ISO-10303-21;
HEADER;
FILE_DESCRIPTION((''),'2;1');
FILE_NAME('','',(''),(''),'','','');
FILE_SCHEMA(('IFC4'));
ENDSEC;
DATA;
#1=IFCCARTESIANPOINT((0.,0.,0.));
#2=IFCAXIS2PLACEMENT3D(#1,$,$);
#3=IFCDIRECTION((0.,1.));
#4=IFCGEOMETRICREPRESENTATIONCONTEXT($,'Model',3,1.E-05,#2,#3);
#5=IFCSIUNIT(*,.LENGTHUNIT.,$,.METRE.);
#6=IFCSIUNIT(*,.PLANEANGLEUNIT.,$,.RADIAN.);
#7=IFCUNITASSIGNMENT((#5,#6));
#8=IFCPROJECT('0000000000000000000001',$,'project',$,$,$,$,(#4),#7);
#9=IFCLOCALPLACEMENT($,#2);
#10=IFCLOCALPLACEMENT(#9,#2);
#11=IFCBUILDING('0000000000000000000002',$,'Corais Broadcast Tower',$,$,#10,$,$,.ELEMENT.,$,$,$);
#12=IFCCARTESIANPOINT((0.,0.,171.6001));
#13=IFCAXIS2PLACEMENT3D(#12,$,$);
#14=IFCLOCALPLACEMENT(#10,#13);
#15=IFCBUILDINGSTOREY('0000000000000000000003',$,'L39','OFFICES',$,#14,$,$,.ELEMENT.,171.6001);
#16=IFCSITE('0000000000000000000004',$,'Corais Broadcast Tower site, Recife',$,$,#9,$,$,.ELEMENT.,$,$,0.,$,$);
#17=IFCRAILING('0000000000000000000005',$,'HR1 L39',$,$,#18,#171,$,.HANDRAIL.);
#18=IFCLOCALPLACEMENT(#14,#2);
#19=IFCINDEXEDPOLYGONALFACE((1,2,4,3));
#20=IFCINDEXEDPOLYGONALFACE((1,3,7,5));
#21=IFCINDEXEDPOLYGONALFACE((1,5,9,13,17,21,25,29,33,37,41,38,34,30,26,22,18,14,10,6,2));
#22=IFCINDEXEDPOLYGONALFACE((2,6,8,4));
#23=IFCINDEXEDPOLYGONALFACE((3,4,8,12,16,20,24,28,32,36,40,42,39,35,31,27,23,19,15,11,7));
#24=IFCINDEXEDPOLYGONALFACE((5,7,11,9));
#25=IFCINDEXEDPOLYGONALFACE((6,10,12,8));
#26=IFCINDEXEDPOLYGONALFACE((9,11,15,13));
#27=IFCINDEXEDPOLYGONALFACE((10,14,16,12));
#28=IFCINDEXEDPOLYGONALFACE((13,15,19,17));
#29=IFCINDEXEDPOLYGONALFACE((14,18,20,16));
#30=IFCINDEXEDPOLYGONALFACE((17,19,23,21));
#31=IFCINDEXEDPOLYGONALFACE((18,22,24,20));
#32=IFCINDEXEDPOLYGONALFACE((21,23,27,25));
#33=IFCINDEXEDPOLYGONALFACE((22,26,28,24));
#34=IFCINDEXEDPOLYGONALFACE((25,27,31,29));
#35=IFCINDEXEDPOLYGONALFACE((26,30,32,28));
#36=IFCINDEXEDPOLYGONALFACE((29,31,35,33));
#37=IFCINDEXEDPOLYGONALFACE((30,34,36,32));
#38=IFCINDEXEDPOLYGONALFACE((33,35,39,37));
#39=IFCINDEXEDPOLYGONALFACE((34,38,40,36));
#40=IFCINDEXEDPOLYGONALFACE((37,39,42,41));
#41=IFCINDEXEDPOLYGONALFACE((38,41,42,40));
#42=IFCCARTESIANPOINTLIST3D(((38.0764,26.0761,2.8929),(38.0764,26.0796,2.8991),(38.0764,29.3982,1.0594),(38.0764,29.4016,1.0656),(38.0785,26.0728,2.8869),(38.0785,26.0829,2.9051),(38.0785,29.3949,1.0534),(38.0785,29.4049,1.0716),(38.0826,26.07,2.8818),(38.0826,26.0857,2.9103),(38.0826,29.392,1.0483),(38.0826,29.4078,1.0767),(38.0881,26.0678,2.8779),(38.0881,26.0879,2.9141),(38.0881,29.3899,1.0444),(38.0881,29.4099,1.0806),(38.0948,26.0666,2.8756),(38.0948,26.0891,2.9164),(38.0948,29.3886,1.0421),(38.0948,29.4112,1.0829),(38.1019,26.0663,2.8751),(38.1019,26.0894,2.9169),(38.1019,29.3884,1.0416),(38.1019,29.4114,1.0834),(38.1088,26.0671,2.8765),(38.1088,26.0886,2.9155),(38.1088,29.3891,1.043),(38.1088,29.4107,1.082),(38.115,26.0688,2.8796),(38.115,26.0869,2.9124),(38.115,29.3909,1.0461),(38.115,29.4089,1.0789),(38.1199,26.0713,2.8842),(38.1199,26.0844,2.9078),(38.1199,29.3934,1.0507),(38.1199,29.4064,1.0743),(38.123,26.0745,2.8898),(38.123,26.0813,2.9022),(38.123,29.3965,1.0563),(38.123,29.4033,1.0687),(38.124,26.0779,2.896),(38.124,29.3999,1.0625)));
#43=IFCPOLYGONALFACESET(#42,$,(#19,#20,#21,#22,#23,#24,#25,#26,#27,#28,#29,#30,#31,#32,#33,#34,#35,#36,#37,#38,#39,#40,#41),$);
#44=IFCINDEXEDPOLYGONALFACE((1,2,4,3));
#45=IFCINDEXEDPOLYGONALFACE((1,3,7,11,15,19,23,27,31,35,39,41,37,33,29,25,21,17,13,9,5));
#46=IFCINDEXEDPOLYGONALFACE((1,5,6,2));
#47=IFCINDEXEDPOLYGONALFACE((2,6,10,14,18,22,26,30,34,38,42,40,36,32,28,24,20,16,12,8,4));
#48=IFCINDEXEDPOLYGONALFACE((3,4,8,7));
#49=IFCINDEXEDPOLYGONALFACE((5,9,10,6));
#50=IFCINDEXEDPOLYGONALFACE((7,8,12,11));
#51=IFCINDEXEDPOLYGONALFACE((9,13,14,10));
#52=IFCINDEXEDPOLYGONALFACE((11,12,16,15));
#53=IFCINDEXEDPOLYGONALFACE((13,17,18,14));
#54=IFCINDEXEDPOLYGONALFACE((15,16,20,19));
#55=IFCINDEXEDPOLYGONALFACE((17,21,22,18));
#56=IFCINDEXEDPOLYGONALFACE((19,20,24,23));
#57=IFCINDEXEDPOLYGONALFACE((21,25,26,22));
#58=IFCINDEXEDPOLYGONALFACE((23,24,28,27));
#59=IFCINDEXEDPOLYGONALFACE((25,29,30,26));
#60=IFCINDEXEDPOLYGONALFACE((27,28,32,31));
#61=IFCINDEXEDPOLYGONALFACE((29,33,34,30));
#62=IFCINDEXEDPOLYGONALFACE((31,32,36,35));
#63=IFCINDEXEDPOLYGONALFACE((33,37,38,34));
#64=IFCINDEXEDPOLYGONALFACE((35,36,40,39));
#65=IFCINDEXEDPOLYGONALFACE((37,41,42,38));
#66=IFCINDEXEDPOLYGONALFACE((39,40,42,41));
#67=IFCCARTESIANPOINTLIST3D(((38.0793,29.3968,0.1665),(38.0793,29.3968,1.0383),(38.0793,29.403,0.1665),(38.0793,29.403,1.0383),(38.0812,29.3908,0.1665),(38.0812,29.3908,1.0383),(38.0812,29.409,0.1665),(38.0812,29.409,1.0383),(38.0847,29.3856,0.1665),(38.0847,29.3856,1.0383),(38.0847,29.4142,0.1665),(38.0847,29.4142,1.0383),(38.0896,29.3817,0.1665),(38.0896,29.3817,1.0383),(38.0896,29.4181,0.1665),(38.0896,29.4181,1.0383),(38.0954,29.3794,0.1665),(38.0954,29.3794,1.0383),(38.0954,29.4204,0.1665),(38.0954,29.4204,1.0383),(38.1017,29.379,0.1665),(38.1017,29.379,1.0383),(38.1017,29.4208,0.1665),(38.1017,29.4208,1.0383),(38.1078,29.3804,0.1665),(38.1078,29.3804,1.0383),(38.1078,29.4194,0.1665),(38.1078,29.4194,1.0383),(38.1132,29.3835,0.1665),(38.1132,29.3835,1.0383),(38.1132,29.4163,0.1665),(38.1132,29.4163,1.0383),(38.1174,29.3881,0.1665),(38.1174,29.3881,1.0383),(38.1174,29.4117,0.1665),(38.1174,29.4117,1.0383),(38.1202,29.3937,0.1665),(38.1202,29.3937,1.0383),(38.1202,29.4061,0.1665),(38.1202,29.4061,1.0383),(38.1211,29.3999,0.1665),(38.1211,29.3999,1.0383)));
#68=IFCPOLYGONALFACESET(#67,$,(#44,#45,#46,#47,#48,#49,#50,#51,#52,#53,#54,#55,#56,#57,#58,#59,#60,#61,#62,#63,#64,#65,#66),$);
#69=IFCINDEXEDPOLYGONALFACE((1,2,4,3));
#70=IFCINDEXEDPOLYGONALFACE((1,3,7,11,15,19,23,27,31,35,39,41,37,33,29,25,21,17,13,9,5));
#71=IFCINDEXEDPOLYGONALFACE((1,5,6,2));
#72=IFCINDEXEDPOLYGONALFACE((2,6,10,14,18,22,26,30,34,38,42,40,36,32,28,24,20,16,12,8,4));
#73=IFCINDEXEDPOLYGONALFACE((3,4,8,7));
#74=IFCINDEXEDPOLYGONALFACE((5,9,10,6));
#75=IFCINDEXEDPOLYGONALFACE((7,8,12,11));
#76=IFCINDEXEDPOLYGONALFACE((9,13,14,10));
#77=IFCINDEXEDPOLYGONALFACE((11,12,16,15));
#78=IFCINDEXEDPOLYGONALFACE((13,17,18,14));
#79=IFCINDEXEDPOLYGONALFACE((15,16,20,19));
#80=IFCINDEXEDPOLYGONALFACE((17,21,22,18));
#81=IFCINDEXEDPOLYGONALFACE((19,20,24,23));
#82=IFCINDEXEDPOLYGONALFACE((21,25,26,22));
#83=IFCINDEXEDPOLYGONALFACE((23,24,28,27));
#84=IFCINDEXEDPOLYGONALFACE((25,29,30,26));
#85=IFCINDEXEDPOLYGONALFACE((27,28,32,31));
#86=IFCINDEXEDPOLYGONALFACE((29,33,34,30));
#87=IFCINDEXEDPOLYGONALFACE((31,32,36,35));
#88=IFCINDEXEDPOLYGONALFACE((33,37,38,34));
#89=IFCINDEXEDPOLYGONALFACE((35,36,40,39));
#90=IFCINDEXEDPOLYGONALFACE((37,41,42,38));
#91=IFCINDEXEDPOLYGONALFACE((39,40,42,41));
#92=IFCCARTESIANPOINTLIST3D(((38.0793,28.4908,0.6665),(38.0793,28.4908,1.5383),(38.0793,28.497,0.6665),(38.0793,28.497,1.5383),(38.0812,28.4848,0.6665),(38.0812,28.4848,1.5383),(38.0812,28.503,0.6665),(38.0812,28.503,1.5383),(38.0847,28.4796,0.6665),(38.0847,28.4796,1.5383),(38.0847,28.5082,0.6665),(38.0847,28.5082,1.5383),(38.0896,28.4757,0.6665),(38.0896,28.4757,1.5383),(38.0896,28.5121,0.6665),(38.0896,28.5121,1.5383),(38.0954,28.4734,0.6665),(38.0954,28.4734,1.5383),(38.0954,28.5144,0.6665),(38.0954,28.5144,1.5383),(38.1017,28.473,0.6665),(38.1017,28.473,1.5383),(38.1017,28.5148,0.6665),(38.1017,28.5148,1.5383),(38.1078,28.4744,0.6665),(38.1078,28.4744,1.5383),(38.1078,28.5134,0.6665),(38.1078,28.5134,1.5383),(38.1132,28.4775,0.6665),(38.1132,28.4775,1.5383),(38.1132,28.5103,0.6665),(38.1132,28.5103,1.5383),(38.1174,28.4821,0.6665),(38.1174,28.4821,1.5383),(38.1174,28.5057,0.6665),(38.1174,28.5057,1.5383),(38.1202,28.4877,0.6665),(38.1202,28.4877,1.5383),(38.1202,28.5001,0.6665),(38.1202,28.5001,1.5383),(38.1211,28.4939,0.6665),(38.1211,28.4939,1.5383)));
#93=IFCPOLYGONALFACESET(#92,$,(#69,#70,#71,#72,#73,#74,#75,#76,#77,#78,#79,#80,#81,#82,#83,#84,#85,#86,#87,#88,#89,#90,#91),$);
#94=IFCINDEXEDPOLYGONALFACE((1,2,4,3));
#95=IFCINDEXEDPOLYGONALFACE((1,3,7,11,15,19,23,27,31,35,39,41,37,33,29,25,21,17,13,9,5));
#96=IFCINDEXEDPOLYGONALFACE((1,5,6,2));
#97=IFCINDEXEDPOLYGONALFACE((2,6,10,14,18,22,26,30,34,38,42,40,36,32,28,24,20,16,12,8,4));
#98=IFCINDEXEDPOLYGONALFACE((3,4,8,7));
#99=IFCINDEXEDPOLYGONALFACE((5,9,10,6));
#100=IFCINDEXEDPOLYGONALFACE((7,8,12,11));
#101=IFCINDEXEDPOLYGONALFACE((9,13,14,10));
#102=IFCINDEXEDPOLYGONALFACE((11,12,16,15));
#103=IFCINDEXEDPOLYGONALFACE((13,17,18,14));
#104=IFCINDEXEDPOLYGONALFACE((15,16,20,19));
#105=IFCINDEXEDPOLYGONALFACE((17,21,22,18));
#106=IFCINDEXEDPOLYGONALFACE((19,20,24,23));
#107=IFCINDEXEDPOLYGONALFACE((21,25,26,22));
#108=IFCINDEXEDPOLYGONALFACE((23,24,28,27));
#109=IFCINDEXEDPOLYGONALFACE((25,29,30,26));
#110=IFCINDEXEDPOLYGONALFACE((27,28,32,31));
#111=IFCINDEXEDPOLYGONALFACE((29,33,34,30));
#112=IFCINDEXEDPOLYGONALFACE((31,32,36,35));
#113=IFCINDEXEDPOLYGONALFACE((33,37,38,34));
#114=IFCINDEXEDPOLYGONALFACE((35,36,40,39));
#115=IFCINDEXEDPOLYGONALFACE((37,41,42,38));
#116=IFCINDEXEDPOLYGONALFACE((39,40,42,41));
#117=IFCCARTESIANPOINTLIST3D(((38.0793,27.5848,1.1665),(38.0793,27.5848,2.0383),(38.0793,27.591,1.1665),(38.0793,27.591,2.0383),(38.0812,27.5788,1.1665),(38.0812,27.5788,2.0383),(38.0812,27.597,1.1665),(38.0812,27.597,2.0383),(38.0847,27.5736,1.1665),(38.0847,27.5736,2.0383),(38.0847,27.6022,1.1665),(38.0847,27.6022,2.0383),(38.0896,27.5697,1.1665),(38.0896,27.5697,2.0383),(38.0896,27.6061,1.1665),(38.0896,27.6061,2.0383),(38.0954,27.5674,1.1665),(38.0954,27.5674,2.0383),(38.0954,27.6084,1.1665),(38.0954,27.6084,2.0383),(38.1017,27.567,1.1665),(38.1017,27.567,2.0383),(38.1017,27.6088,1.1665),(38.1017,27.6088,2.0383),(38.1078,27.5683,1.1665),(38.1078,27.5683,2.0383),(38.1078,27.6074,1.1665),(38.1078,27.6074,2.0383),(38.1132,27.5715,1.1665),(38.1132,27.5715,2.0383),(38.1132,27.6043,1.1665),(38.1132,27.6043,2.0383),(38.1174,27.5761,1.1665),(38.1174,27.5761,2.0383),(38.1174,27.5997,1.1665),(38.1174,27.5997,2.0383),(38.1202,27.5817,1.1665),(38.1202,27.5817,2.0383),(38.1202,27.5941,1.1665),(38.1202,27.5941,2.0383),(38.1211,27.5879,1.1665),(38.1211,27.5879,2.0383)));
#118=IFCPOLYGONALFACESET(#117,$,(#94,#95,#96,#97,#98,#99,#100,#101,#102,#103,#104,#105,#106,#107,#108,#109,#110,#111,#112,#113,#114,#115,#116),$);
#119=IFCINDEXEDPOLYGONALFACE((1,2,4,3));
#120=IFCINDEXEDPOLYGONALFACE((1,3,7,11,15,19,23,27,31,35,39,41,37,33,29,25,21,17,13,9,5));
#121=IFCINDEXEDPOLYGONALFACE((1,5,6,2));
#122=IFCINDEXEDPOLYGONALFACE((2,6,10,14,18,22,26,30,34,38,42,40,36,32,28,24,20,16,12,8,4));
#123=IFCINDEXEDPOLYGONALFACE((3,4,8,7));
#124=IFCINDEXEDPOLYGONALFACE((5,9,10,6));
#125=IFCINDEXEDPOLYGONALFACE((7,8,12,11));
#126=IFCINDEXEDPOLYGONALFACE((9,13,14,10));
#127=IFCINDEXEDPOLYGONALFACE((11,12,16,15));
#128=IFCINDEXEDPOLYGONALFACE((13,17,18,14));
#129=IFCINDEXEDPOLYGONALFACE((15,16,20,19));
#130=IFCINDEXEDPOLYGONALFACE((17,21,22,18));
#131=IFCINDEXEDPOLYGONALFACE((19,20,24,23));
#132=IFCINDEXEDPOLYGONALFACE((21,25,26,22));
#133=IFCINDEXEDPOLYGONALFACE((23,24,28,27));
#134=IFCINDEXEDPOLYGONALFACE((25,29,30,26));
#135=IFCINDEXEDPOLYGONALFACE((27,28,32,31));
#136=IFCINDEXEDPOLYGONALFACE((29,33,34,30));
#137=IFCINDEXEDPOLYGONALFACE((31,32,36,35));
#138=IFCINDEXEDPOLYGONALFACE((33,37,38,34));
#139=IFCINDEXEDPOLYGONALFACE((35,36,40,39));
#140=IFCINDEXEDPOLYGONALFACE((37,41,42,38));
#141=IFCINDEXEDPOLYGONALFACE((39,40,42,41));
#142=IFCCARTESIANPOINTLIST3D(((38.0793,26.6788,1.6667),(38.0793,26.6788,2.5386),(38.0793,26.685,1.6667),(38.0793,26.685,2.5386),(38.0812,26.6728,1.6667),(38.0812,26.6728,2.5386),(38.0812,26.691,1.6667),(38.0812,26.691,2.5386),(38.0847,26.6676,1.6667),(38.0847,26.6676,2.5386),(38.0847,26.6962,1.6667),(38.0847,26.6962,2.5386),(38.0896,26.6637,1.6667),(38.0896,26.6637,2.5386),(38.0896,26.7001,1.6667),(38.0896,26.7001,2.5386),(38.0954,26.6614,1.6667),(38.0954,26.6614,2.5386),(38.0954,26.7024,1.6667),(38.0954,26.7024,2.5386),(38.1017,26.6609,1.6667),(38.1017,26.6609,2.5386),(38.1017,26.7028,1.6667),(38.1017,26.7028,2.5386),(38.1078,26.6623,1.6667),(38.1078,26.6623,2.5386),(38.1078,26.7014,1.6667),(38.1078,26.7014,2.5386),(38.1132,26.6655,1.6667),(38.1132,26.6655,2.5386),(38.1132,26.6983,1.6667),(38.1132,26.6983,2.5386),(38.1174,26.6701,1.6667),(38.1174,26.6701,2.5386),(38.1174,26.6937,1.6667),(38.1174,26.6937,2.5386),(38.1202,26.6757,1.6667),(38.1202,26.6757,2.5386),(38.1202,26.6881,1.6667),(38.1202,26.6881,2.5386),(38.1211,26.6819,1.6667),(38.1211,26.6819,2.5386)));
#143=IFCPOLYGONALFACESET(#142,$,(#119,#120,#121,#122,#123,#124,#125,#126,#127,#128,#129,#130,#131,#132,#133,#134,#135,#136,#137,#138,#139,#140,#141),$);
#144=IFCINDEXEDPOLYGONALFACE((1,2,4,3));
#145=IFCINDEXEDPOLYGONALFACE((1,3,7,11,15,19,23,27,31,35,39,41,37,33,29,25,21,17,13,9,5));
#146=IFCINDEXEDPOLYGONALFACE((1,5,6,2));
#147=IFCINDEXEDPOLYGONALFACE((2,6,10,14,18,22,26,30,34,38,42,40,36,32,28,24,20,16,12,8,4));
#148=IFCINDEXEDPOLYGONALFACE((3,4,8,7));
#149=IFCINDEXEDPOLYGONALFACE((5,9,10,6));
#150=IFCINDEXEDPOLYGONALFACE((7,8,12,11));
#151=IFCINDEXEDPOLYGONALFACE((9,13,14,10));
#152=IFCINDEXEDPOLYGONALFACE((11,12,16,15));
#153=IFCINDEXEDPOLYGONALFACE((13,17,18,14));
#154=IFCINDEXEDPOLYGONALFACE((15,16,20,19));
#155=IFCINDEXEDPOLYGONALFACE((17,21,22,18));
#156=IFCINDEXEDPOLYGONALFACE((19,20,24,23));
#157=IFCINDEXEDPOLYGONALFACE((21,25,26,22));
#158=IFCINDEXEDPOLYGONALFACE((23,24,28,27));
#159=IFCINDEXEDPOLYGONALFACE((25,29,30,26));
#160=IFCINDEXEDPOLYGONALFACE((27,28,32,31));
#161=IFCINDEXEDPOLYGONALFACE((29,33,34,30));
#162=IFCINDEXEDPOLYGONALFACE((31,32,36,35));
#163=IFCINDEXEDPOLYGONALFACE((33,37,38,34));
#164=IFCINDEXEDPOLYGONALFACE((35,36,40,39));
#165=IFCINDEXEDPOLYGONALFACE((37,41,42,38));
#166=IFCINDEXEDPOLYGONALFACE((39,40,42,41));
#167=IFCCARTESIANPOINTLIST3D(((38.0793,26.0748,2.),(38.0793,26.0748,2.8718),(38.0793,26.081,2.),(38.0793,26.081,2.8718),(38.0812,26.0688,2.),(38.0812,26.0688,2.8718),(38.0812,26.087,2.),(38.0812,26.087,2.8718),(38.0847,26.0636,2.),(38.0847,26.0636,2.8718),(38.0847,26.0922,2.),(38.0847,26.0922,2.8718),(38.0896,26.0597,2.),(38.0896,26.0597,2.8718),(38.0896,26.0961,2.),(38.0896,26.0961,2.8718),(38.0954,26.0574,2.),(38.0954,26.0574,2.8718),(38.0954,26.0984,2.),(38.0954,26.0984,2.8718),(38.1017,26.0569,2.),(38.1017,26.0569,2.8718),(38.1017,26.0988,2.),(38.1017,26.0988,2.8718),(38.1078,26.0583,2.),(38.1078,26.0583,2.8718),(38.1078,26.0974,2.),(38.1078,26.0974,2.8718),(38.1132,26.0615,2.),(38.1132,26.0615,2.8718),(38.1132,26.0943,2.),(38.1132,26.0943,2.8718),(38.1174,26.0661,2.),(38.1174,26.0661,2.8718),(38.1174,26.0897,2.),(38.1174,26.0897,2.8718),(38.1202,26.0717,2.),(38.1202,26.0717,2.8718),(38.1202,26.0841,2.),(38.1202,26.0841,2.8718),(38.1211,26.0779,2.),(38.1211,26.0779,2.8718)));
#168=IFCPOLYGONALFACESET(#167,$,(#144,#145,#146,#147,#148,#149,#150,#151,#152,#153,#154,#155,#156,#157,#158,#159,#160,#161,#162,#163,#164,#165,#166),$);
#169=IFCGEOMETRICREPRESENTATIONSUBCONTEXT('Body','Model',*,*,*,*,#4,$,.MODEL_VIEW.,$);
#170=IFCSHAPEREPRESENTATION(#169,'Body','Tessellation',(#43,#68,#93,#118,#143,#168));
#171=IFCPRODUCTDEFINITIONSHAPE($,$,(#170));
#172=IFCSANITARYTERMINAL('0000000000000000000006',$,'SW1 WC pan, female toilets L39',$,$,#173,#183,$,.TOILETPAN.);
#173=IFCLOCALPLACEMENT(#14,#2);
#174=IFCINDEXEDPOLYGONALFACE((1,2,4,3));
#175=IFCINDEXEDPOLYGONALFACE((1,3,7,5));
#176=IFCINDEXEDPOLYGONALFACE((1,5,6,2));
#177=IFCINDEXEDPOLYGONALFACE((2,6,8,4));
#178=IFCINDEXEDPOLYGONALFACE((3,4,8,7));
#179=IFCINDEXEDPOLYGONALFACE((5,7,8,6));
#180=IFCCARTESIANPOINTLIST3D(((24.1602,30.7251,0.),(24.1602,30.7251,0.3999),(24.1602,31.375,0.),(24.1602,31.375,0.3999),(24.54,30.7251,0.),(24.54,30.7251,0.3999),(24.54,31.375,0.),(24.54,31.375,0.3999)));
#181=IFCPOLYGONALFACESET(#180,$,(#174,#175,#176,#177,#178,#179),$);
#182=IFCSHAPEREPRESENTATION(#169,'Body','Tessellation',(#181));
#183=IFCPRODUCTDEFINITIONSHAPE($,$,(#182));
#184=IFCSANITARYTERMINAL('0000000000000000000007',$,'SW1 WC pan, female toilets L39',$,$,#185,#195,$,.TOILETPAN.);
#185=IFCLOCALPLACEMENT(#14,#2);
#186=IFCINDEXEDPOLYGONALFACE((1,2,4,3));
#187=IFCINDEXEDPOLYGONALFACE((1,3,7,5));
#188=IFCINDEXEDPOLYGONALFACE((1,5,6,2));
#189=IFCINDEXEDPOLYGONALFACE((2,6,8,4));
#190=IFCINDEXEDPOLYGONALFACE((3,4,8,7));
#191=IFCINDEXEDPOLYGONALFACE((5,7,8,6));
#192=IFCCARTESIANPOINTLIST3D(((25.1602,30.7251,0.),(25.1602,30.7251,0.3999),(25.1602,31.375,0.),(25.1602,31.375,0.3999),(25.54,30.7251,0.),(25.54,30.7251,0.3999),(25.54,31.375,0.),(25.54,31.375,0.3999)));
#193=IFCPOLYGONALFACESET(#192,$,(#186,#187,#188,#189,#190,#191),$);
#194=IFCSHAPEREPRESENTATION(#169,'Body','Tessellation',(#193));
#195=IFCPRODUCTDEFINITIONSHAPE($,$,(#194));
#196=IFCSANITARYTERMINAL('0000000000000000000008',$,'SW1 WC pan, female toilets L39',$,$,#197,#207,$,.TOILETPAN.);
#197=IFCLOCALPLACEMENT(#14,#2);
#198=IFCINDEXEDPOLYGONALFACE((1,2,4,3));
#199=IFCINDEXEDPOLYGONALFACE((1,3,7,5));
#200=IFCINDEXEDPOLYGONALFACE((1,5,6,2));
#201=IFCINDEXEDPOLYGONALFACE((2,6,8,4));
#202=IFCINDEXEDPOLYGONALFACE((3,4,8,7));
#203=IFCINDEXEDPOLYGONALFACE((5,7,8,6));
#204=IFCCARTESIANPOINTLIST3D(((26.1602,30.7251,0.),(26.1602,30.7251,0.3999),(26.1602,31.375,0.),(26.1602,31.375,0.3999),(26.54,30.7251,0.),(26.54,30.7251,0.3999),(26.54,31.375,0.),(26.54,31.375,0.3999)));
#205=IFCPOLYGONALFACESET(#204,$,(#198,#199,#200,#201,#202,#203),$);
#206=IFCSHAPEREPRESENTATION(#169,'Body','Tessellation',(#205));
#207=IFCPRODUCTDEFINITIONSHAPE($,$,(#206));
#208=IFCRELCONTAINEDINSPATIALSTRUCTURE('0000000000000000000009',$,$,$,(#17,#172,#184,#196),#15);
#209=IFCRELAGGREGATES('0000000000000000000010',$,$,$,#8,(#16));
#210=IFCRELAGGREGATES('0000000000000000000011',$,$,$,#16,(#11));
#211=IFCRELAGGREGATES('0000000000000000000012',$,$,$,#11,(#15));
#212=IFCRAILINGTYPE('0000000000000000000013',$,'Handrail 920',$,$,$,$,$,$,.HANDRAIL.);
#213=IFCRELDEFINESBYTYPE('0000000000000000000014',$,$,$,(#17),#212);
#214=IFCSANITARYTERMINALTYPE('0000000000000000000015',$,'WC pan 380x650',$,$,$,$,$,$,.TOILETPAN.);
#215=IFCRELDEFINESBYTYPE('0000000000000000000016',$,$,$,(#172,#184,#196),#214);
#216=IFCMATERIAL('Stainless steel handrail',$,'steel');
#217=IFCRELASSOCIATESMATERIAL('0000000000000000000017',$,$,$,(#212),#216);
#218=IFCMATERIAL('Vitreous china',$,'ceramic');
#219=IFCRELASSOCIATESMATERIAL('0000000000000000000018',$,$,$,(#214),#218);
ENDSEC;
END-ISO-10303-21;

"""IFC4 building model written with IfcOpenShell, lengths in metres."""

from ifc_helpers import new_model, si_unit, direction, frame, origin, origin_2d, place, context, subcontext, project, spatial, rectangle, circle, extrude, material, type_object, element, save


model = new_model("IFC4")

# Units and contexts
model_context = context("Model", 3, precision=1e-05, world=origin(), true_north=direction((0.0, 1.0)))
body_context = subcontext(model_context, "Body", "Model", "MODEL_VIEW")
ifc_project = project(units=[si_unit("LENGTHUNIT", "METRE"), si_unit("PLANEANGLEUNIT", "RADIAN")], contexts=[model_context])

# Site, building, storey
site_placement = place(None, origin())
site = spatial("IfcSite", under=ifc_project, at=site_placement, Name="Corais Broadcast Tower site, Recife", CompositionType="ELEMENT", RefElevation=0.0)
building_placement = place(site_placement, origin())
building = spatial("IfcBuilding", under=site, at=building_placement, Name="Corais Broadcast Tower", CompositionType="ELEMENT")
storey_placement = place(building_placement, frame((0.0, 0.0, 171.6001)))
storey = spatial("IfcBuildingStorey", under=building, at=storey_placement, Name="L39", Description="OFFICES", CompositionType="ELEMENT", Elevation=171.6001)

# Railing
ifc_material_1 = material(Name="Stainless steel handrail", Category="steel")
railing_type = type_object("IfcRailingType", Name="Handrail 920", PredefinedType="HANDRAIL", material=ifc_material_1)
for number, where, name in (
    (1, (38.1001, 29.3999, 0.1665), "HR1 L39"),
):
    element("IfcRailing", number, at=place(storey_placement, frame(where)), inside=storey, type_object=railing_type, Name=name, PredefinedType="HANDRAIL", context=body_context, shape_type="SweptSolid", body=[
        extrude(circle(Radius=0.0239, at=origin_2d()), frame((0.0, 0.0, 0.896), z_axis=(0.0, -0.875504, 0.48321), x_axis=(1.0, 0.0, 0.0)), (0.0, 0.0, 1.0), 3.7944),
        extrude(circle(Radius=0.021, at=origin_2d()), origin(), (0.0, 0.0, 1.0), 0.8718),
        extrude(circle(Radius=0.021, at=origin_2d()), frame((0.0, -0.906, 0.5)), (0.0, 0.0, 1.0), 0.8718),
        extrude(circle(Radius=0.021, at=origin_2d()), frame((0.0, -1.812, 1.0)), (0.0, 0.0, 1.0), 0.8718),
        extrude(circle(Radius=0.021, at=origin_2d()), frame((0.0, -2.718, 1.5002)), (0.0, 0.0, 1.0), 0.8718),
        extrude(circle(Radius=0.021, at=origin_2d()), frame((0.0, -3.322, 1.8335)), (0.0, 0.0, 1.0), 0.8718),
    ])

# Sanitary terminals
ifc_material_2 = material(Name="Vitreous china", Category="ceramic")
sanitary_terminal_type = type_object("IfcSanitaryTerminalType", Name="WC pan 380x650", PredefinedType="TOILETPAN", material=ifc_material_2)
for number, where, z_axis, x_axis, name in (
    (2, (24.3501, 31.05, 0.0), (0.0, 0.0, 1.0), (1.0, 0.0, 0.0), "SW1 WC pan, female toilets L39"),
    (3, (25.3501, 31.05, 0.0), (0.0, 0.0, 1.0), (1.0, 0.0, 0.0), "SW1 WC pan, female toilets L39"),
    (4, (26.3501, 31.05, 0.0), (0.0, 0.0, 1.0), (1.0, 0.0, 0.0), "SW1 WC pan, female toilets L39"),
):
    element("IfcSanitaryTerminal", number, at=place(storey_placement, frame(where, z_axis=z_axis, x_axis=x_axis)), inside=storey, type_object=sanitary_terminal_type, Name=name, PredefinedType="TOILETPAN", context=body_context, shape_type="SweptSolid", body=[
        extrude(rectangle(XDim=0.3799, YDim=0.6499, at=origin_2d()), origin(), (0.0, 0.0, 1.0), 0.3999),
    ])

save(model, "model.ifc")
